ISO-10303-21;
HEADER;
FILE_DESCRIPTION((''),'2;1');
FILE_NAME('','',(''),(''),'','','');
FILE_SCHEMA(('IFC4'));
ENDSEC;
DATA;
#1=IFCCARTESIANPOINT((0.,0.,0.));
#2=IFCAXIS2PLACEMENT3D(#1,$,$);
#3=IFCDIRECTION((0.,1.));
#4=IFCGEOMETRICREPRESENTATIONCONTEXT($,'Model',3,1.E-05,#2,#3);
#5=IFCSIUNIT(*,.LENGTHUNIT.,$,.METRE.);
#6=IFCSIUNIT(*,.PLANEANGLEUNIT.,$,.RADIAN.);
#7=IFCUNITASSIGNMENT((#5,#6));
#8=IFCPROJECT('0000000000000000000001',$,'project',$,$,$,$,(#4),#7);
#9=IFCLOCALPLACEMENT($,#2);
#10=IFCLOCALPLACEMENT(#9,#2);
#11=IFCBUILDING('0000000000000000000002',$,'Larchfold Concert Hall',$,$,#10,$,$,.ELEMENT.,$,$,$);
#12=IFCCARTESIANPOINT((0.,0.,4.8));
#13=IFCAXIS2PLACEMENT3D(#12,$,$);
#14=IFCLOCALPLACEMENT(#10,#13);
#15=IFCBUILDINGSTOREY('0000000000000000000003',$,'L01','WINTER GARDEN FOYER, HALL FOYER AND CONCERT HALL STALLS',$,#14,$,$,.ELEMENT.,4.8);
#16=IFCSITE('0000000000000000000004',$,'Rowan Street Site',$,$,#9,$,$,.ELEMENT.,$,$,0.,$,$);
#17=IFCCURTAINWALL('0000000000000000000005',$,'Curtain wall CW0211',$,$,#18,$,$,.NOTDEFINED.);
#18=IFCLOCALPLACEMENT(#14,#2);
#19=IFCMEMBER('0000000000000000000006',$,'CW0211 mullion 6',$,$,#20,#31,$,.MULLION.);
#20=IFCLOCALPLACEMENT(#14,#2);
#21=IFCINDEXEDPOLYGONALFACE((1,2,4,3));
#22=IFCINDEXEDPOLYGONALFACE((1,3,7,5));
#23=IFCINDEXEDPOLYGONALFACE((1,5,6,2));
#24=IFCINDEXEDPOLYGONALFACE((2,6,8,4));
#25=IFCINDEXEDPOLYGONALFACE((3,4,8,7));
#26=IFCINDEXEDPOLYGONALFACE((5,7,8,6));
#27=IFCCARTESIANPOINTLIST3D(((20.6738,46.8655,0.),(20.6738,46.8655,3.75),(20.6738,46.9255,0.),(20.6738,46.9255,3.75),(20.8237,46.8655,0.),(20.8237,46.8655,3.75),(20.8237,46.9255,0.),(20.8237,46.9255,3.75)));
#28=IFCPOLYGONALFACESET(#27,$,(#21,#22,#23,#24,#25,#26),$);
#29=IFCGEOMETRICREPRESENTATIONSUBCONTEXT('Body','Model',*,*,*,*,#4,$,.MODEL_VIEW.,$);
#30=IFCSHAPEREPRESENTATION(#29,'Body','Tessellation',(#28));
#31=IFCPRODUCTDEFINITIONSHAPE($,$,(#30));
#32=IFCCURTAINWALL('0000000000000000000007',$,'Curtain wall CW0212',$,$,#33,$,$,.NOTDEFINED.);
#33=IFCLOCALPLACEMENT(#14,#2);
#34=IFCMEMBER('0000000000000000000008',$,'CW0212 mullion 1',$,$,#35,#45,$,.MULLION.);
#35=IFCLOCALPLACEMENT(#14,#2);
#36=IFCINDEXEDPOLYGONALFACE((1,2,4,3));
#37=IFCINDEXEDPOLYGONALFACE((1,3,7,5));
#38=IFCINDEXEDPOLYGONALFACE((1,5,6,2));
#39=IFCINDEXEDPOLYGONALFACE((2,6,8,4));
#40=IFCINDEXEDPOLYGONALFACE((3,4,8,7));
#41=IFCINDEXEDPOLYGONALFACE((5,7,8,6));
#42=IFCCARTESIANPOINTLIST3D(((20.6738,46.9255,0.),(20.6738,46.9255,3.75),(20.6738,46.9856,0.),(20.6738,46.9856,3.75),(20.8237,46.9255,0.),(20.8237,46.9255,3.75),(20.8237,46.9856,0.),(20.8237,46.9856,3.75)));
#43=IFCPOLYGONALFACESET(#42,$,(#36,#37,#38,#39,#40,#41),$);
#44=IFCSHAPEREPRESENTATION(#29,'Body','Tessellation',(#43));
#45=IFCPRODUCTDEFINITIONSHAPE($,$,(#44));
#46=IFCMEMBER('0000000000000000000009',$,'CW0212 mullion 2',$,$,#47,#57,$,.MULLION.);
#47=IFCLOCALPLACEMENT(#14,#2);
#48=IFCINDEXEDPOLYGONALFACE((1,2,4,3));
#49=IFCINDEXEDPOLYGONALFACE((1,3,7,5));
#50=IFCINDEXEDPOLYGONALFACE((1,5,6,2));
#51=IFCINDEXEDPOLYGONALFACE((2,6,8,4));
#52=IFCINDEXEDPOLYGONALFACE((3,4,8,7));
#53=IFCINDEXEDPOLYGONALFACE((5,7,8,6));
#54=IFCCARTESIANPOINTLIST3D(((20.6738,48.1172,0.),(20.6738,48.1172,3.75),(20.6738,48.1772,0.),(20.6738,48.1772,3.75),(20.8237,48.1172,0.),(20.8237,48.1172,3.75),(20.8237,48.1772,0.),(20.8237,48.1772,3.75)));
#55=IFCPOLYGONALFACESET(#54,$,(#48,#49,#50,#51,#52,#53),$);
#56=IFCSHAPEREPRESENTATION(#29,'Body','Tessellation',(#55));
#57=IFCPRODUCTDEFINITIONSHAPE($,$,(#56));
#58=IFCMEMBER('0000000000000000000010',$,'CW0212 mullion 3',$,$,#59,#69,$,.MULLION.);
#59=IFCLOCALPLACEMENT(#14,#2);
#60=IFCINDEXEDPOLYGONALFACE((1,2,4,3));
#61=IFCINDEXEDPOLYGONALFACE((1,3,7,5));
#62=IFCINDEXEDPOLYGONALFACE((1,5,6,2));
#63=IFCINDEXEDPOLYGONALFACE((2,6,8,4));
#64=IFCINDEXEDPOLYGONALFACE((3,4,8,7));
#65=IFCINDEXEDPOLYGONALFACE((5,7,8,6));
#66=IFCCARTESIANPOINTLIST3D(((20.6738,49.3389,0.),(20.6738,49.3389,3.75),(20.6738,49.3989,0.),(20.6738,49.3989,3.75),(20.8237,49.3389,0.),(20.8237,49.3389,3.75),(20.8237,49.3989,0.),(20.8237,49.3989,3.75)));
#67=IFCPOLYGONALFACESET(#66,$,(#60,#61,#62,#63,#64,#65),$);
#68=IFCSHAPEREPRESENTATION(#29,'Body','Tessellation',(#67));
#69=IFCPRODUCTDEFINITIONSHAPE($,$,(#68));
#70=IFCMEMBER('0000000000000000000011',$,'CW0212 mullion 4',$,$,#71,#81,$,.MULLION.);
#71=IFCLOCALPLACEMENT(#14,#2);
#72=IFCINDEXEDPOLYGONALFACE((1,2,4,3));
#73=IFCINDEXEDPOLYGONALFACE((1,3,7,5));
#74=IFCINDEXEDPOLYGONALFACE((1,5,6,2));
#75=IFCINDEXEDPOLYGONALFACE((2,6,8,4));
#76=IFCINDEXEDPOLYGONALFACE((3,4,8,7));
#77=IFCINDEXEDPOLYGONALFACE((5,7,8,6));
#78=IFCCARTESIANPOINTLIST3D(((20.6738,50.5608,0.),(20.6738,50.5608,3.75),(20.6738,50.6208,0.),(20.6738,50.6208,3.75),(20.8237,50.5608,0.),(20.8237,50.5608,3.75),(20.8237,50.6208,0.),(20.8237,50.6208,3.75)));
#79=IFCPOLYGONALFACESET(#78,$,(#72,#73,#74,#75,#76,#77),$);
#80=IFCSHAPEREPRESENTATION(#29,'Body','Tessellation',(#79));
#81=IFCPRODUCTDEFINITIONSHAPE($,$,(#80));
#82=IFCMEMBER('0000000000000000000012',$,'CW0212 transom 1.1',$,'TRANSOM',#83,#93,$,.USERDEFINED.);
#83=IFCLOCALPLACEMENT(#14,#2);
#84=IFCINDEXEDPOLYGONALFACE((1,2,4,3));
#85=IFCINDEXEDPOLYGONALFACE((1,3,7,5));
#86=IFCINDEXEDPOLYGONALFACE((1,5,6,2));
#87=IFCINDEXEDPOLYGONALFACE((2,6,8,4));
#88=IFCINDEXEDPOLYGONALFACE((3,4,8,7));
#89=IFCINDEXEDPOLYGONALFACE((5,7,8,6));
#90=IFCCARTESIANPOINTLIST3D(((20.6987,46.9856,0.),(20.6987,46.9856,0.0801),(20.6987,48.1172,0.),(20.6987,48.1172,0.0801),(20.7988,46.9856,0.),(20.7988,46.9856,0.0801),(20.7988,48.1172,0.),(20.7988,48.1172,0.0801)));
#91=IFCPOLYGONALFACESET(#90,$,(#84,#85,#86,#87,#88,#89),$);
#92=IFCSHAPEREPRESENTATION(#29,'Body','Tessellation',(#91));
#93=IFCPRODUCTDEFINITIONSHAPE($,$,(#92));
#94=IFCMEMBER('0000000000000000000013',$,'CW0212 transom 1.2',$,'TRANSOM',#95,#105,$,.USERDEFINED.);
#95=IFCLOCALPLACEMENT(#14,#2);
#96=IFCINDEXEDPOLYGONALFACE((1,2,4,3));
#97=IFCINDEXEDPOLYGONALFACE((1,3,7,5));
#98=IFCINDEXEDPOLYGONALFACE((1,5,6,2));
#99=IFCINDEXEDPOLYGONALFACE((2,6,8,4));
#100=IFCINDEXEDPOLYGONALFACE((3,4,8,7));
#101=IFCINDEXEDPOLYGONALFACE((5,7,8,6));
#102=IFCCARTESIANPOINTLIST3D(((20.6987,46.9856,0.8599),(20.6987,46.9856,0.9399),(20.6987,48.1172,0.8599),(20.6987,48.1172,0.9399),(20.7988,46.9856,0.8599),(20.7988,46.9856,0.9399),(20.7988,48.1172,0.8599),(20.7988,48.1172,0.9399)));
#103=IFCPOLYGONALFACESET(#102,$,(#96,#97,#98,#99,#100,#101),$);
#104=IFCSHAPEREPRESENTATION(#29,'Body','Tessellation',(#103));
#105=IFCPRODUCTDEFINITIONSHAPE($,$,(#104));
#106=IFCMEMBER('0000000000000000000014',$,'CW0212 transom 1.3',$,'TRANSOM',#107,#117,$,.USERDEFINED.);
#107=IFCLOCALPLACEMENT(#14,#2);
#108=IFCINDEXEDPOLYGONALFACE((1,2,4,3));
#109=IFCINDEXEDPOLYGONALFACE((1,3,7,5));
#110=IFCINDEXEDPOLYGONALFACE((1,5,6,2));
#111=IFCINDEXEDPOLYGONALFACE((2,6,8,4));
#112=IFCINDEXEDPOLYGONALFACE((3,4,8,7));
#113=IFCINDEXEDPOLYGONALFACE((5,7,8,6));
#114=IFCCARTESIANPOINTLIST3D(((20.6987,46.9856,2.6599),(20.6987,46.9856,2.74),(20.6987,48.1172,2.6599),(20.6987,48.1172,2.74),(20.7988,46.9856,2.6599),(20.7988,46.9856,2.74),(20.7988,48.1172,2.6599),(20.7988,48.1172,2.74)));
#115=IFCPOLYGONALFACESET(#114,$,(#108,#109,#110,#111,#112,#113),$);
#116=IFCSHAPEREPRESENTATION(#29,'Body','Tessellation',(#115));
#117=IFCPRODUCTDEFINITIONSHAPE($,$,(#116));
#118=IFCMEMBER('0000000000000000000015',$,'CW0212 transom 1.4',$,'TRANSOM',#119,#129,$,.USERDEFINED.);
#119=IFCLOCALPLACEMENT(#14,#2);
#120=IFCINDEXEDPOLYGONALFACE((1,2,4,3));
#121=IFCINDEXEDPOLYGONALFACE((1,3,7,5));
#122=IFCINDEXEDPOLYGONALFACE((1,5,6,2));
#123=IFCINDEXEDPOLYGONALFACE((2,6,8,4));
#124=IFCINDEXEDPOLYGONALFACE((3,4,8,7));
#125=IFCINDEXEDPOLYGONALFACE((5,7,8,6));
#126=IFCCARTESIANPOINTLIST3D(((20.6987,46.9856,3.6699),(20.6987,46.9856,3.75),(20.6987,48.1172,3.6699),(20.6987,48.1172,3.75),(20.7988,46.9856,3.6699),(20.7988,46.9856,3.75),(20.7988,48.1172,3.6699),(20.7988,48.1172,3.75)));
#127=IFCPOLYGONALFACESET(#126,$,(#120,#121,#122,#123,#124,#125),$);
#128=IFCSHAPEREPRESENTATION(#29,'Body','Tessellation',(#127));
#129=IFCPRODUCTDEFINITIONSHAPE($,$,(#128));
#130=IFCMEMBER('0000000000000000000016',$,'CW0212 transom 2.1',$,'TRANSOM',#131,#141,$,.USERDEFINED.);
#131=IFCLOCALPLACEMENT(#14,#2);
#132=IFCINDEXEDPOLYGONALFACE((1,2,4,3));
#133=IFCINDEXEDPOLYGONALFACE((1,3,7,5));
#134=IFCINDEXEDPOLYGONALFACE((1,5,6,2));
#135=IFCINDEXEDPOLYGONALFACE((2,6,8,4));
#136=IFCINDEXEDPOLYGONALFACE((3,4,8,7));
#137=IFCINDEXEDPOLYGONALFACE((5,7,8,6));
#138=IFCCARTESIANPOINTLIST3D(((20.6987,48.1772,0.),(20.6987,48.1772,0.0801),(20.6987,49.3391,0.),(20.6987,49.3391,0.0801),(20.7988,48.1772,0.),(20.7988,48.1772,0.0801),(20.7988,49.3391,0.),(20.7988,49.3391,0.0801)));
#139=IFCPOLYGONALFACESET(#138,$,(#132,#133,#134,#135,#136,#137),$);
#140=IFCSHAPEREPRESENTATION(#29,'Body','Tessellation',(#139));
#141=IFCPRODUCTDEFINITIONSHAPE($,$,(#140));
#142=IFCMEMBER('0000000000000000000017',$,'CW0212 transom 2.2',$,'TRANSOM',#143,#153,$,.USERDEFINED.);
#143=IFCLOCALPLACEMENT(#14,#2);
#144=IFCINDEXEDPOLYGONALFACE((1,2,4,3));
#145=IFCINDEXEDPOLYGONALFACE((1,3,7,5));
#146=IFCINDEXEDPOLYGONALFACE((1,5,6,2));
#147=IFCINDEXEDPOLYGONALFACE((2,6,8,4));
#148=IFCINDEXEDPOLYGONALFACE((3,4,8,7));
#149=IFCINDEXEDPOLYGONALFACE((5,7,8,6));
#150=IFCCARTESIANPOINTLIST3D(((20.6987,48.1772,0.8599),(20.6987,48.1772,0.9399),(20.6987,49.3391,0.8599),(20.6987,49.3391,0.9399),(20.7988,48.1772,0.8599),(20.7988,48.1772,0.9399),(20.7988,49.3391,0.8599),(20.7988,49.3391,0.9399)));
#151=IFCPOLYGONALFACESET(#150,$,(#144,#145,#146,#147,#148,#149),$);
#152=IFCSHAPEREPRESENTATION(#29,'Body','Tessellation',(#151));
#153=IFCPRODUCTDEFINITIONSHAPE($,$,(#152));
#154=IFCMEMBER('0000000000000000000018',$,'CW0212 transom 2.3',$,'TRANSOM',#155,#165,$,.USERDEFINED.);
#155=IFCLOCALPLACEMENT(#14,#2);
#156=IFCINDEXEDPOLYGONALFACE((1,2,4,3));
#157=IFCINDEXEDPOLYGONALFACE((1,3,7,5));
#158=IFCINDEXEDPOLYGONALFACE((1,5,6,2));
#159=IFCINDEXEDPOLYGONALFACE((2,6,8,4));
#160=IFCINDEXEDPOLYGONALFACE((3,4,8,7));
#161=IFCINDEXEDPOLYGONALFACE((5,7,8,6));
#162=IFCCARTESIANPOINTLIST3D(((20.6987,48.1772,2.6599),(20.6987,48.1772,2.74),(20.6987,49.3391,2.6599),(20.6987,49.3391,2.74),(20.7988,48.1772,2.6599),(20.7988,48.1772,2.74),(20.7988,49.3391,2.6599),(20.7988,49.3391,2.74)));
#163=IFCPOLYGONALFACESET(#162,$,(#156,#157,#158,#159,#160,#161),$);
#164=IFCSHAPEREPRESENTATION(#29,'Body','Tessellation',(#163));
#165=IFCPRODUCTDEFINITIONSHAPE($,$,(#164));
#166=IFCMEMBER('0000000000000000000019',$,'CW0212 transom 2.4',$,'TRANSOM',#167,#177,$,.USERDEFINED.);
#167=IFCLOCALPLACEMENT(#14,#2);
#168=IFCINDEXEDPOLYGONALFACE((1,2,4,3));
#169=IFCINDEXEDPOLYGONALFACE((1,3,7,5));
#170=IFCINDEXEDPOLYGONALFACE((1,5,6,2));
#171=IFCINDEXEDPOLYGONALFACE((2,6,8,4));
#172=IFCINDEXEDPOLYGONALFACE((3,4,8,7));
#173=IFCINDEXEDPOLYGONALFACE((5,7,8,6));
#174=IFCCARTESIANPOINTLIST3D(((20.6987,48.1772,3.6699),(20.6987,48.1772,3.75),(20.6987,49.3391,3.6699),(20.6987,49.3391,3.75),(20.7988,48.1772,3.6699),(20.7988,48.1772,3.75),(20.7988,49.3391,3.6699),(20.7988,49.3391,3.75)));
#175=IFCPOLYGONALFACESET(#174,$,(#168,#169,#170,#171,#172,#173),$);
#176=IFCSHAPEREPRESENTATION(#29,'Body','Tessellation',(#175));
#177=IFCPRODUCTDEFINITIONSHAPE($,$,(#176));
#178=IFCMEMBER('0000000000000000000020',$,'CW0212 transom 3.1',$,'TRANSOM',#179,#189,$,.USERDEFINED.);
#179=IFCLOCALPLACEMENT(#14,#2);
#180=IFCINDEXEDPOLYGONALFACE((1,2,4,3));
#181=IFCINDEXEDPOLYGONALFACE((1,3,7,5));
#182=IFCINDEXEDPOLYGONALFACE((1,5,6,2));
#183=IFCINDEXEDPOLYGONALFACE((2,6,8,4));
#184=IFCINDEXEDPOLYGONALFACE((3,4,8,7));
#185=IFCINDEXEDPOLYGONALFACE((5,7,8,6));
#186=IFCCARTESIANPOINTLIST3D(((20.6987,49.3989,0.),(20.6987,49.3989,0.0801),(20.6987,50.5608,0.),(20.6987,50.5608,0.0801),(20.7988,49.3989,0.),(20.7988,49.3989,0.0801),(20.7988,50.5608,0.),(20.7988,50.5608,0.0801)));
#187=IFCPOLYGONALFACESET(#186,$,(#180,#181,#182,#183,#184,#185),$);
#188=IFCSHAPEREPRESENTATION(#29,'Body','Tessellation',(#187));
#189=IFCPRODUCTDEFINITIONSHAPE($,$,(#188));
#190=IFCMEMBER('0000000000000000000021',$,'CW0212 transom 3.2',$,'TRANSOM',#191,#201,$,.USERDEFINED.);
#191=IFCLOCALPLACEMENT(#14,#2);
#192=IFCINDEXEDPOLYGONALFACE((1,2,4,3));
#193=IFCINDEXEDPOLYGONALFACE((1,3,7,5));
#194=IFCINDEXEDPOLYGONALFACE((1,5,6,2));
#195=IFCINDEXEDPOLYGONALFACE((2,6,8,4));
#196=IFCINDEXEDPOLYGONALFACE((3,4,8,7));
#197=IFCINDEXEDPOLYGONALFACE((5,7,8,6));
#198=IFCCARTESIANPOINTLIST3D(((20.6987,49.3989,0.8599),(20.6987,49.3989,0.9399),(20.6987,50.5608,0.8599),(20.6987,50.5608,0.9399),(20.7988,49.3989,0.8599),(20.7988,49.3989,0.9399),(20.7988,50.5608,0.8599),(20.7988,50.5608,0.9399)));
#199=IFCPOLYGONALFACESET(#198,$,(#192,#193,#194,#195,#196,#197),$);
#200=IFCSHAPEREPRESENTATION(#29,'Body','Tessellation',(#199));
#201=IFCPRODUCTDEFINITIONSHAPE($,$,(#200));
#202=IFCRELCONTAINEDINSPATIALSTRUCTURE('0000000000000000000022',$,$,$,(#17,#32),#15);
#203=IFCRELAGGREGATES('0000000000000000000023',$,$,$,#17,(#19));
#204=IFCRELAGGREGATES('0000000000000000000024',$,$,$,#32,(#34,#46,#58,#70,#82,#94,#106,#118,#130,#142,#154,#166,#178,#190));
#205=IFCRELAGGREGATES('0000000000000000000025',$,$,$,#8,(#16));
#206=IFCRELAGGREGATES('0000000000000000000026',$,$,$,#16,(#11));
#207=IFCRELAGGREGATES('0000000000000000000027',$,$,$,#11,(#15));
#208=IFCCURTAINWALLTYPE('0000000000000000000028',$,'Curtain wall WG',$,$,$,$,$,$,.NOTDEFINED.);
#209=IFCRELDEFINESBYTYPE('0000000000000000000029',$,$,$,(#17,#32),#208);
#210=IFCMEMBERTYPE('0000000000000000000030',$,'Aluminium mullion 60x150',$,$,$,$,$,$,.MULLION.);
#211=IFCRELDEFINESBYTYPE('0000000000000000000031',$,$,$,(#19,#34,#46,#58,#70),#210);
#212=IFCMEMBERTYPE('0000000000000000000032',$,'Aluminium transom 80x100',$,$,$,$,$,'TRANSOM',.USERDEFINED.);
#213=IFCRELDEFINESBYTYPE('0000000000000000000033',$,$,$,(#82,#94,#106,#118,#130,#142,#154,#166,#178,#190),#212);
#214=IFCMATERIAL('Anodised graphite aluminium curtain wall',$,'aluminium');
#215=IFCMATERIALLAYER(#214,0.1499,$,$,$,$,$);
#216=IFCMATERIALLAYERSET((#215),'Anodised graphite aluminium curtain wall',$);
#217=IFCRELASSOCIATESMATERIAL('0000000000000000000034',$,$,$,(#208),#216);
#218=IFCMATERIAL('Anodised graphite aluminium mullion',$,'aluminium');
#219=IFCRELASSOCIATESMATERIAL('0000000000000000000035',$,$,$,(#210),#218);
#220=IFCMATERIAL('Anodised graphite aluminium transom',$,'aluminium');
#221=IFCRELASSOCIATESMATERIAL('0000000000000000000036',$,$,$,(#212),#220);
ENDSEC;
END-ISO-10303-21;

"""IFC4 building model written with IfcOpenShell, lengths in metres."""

from ifc_helpers import new_model, si_unit, direction, frame, origin, origin_2d, place, context, subcontext, project, spatial, rectangle, extrude, material, layer, layer_set, material_profile, profile_set, type_object, element, aggregate, save


model = new_model("IFC4")

# Units and contexts
model_context = context("Model", 3, precision=1e-05, world=origin(), true_north=direction((0.0, 1.0)))
body_context = subcontext(model_context, "Body", "Model", "MODEL_VIEW")
ifc_project = project(units=[si_unit("LENGTHUNIT", "METRE"), si_unit("PLANEANGLEUNIT", "RADIAN")], contexts=[model_context])

# Site, building, storey
site_placement = place(None, origin())
site = spatial("IfcSite", under=ifc_project, at=site_placement, Name="Rowan Street Site", CompositionType="ELEMENT", RefElevation=0.0)
building_placement = place(site_placement, origin())
building = spatial("IfcBuilding", under=site, at=building_placement, Name="Larchfold Concert Hall", CompositionType="ELEMENT")
storey_placement = place(building_placement, frame((0.0, 0.0, 4.8)))
storey = spatial("IfcBuildingStorey", under=building, at=storey_placement, Name="L01", Description="WINTER GARDEN FOYER, HALL FOYER AND CONCERT HALL STALLS", CompositionType="ELEMENT", Elevation=4.8)

# Curtain wall, member
ifc_material_1 = material(Name="Anodised graphite aluminium curtain wall", Category="aluminium")
ifc_layer_1 = layer(ifc_material_1, 0.1499)
ifc_layer_set_1 = layer_set([ifc_layer_1], Name="Anodised graphite aluminium curtain wall")
curtain_wall_type = type_object("IfcCurtainWallType", Name="Curtain wall WG", PredefinedType="NOTDEFINED", material=ifc_layer_set_1)
curtain_wall_1_placement = place(storey_placement, origin())
curtain_wall_1 = element("IfcCurtainWall", 1, at=curtain_wall_1_placement, inside=storey, type_object=curtain_wall_type, Name="Curtain wall CW0211", PredefinedType="NOTDEFINED")
ifc_material_2 = material(Name="Anodised graphite aluminium mullion", Category="aluminium")
ifc_material_profile_1 = material_profile(ifc_material_2, rectangle(XDim=0.1499, YDim=0.0601, at=origin_2d()))
ifc_profile_set_1 = profile_set([ifc_material_profile_1], Name="Anodised graphite aluminium mullion")
member_type_1 = type_object("IfcMemberType", Name="Aluminium mullion 60x150", PredefinedType="MULLION", material=ifc_profile_set_1)
member_1_placement = place(storey_placement, frame((20.7488, 46.8955, 0.0), z_axis=(0.0, 0.0, 1.0), x_axis=(-1.0, 0.0, 0.0)))
member_1 = element("IfcMember", 2, at=member_1_placement, type_object=member_type_1, Name="CW0211 mullion 6", PredefinedType="MULLION", context=body_context, shape_type="SweptSolid", body=[
    extrude(rectangle(XDim=0.1499, YDim=0.0601, at=origin_2d()), origin(), (0.0, 0.0, 1.0), 3.75),
])

# Curtain wall, members
curtain_wall_2_placement = place(storey_placement, origin())
curtain_wall_2 = element("IfcCurtainWall", 3, at=curtain_wall_2_placement, inside=storey, type_object=curtain_wall_type, Name="Curtain wall CW0212", PredefinedType="NOTDEFINED")
member_2_placement = place(storey_placement, frame((20.7488, 46.9556, 0.0), z_axis=(0.0, 0.0, 1.0), x_axis=(-1.0, 0.0, 0.0)))
member_2 = element("IfcMember", 4, at=member_2_placement, type_object=member_type_1, Name="CW0212 mullion 1", PredefinedType="MULLION", context=body_context, shape_type="SweptSolid", body=[
    extrude(rectangle(XDim=0.1499, YDim=0.0601, at=origin_2d()), origin(), (0.0, 0.0, 1.0), 3.75),
])
member_3_placement = place(storey_placement, frame((20.7488, 48.1472, 0.0), z_axis=(0.0, 0.0, 1.0), x_axis=(-1.0, 0.0, 0.0)))
member_3 = element("IfcMember", 5, at=member_3_placement, type_object=member_type_1, Name="CW0212 mullion 2", PredefinedType="MULLION", context=body_context, shape_type="SweptSolid", body=[
    extrude(rectangle(XDim=0.1499, YDim=0.0601, at=origin_2d()), origin(), (0.0, 0.0, 1.0), 3.75),
])
member_4_placement = place(storey_placement, frame((20.7488, 49.3689, 0.0), z_axis=(0.0, 0.0, 1.0), x_axis=(-1.0, 0.0, 0.0)))
member_4 = element("IfcMember", 6, at=member_4_placement, type_object=member_type_1, Name="CW0212 mullion 3", PredefinedType="MULLION", context=body_context, shape_type="SweptSolid", body=[
    extrude(rectangle(XDim=0.1499, YDim=0.0601, at=origin_2d()), origin(), (0.0, 0.0, 1.0), 3.75),
])
member_5_placement = place(storey_placement, frame((20.7488, 50.5908, 0.0), z_axis=(0.0, 0.0, 1.0), x_axis=(-1.0, 0.0, 0.0)))
member_5 = element("IfcMember", 7, at=member_5_placement, type_object=member_type_1, Name="CW0212 mullion 4", PredefinedType="MULLION", context=body_context, shape_type="SweptSolid", body=[
    extrude(rectangle(XDim=0.1499, YDim=0.0601, at=origin_2d()), origin(), (0.0, 0.0, 1.0), 3.75),
])
ifc_material_3 = material(Name="Anodised graphite aluminium transom", Category="aluminium")
ifc_material_profile_2 = material_profile(ifc_material_3, rectangle(XDim=0.1001, YDim=0.0801, at=origin_2d()))
ifc_profile_set_2 = profile_set([ifc_material_profile_2], Name="Anodised graphite aluminium transom")
member_type_2 = type_object("IfcMemberType", Name="Aluminium transom 80x100", ElementType="TRANSOM", PredefinedType="USERDEFINED", material=ifc_profile_set_2)
member_6_placement = place(storey_placement, frame((20.7488, 46.9856, 0.04), z_axis=(0.0, 1.0, 0.0), x_axis=(-1.0, 0.0, 0.0)))
member_6 = element("IfcMember", 8, at=member_6_placement, type_object=member_type_2, Name="CW0212 transom 1.1", ObjectType="TRANSOM", PredefinedType="USERDEFINED", context=body_context, shape_type="SweptSolid", body=[
    extrude(rectangle(XDim=0.1001, YDim=0.0801, at=origin_2d()), origin(), (0.0, 0.0, 1.0), 1.1316),
])
member_7_placement = place(storey_placement, frame((20.7488, 46.9856, 0.8999), z_axis=(0.0, 1.0, 0.0), x_axis=(-1.0, 0.0, 0.0)))
member_7 = element("IfcMember", 9, at=member_7_placement, type_object=member_type_2, Name="CW0212 transom 1.2", ObjectType="TRANSOM", PredefinedType="USERDEFINED", context=body_context, shape_type="SweptSolid", body=[
    extrude(rectangle(XDim=0.1001, YDim=0.0801, at=origin_2d()), origin(), (0.0, 0.0, 1.0), 1.1316),
])
member_8_placement = place(storey_placement, frame((20.7488, 46.9856, 2.7), z_axis=(0.0, 1.0, 0.0), x_axis=(-1.0, 0.0, 0.0)))
member_8 = element("IfcMember", 10, at=member_8_placement, type_object=member_type_2, Name="CW0212 transom 1.3", ObjectType="TRANSOM", PredefinedType="USERDEFINED", context=body_context, shape_type="SweptSolid", body=[
    extrude(rectangle(XDim=0.1001, YDim=0.0801, at=origin_2d()), origin(), (0.0, 0.0, 1.0), 1.1316),
])
member_9_placement = place(storey_placement, frame((20.7488, 46.9856, 3.71), z_axis=(0.0, 1.0, 0.0), x_axis=(-1.0, 0.0, 0.0)))
member_9 = element("IfcMember", 11, at=member_9_placement, type_object=member_type_2, Name="CW0212 transom 1.4", ObjectType="TRANSOM", PredefinedType="USERDEFINED", context=body_context, shape_type="SweptSolid", body=[
    extrude(rectangle(XDim=0.1001, YDim=0.0801, at=origin_2d()), origin(), (0.0, 0.0, 1.0), 1.1316),
])
member_10_placement = place(storey_placement, frame((20.7488, 48.1772, 0.04), z_axis=(0.0, 1.0, 0.0), x_axis=(-1.0, 0.0, 0.0)))
member_10 = element("IfcMember", 12, at=member_10_placement, type_object=member_type_2, Name="CW0212 transom 2.1", ObjectType="TRANSOM", PredefinedType="USERDEFINED", context=body_context, shape_type="SweptSolid", body=[
    extrude(rectangle(XDim=0.1001, YDim=0.0801, at=origin_2d()), origin(), (0.0, 0.0, 1.0), 1.1619),
])
member_11_placement = place(storey_placement, frame((20.7488, 48.1772, 0.8999), z_axis=(0.0, 1.0, 0.0), x_axis=(-1.0, 0.0, 0.0)))
member_11 = element("IfcMember", 13, at=member_11_placement, type_object=member_type_2, Name="CW0212 transom 2.2", ObjectType="TRANSOM", PredefinedType="USERDEFINED", context=body_context, shape_type="SweptSolid", body=[
    extrude(rectangle(XDim=0.1001, YDim=0.0801, at=origin_2d()), origin(), (0.0, 0.0, 1.0), 1.1619),
])
member_12_placement = place(storey_placement, frame((20.7488, 48.1772, 2.7), z_axis=(0.0, 1.0, 0.0), x_axis=(-1.0, 0.0, 0.0)))
member_12 = element("IfcMember", 14, at=member_12_placement, type_object=member_type_2, Name="CW0212 transom 2.3", ObjectType="TRANSOM", PredefinedType="USERDEFINED", context=body_context, shape_type="SweptSolid", body=[
    extrude(rectangle(XDim=0.1001, YDim=0.0801, at=origin_2d()), origin(), (0.0, 0.0, 1.0), 1.1619),
])
member_13_placement = place(storey_placement, frame((20.7488, 48.1772, 3.71), z_axis=(0.0, 1.0, 0.0), x_axis=(-1.0, 0.0, 0.0)))
member_13 = element("IfcMember", 15, at=member_13_placement, type_object=member_type_2, Name="CW0212 transom 2.4", ObjectType="TRANSOM", PredefinedType="USERDEFINED", context=body_context, shape_type="SweptSolid", body=[
    extrude(rectangle(XDim=0.1001, YDim=0.0801, at=origin_2d()), origin(), (0.0, 0.0, 1.0), 1.1619),
])
member_14_placement = place(storey_placement, frame((20.7488, 49.3989, 0.04), z_axis=(0.0, 1.0, 0.0), x_axis=(-1.0, 0.0, 0.0)))
member_14 = element("IfcMember", 16, at=member_14_placement, type_object=member_type_2, Name="CW0212 transom 3.1", ObjectType="TRANSOM", PredefinedType="USERDEFINED", context=body_context, shape_type="SweptSolid", body=[
    extrude(rectangle(XDim=0.1001, YDim=0.0801, at=origin_2d()), origin(), (0.0, 0.0, 1.0), 1.1619),
])
member_15_placement = place(storey_placement, frame((20.7488, 49.3989, 0.8999), z_axis=(0.0, 1.0, 0.0), x_axis=(-1.0, 0.0, 0.0)))
member_15 = element("IfcMember", 17, at=member_15_placement, type_object=member_type_2, Name="CW0212 transom 3.2", ObjectType="TRANSOM", PredefinedType="USERDEFINED", context=body_context, shape_type="SweptSolid", body=[
    extrude(rectangle(XDim=0.1001, YDim=0.0801, at=origin_2d()), origin(), (0.0, 0.0, 1.0), 1.1619),
])

aggregate(curtain_wall_1, [member_1])
aggregate(curtain_wall_2, [member_2, member_3, member_4, member_5, member_6, member_7, member_8, member_9, member_10, member_11, member_12, member_13, member_14, member_15])

save(model, "model.ifc")
